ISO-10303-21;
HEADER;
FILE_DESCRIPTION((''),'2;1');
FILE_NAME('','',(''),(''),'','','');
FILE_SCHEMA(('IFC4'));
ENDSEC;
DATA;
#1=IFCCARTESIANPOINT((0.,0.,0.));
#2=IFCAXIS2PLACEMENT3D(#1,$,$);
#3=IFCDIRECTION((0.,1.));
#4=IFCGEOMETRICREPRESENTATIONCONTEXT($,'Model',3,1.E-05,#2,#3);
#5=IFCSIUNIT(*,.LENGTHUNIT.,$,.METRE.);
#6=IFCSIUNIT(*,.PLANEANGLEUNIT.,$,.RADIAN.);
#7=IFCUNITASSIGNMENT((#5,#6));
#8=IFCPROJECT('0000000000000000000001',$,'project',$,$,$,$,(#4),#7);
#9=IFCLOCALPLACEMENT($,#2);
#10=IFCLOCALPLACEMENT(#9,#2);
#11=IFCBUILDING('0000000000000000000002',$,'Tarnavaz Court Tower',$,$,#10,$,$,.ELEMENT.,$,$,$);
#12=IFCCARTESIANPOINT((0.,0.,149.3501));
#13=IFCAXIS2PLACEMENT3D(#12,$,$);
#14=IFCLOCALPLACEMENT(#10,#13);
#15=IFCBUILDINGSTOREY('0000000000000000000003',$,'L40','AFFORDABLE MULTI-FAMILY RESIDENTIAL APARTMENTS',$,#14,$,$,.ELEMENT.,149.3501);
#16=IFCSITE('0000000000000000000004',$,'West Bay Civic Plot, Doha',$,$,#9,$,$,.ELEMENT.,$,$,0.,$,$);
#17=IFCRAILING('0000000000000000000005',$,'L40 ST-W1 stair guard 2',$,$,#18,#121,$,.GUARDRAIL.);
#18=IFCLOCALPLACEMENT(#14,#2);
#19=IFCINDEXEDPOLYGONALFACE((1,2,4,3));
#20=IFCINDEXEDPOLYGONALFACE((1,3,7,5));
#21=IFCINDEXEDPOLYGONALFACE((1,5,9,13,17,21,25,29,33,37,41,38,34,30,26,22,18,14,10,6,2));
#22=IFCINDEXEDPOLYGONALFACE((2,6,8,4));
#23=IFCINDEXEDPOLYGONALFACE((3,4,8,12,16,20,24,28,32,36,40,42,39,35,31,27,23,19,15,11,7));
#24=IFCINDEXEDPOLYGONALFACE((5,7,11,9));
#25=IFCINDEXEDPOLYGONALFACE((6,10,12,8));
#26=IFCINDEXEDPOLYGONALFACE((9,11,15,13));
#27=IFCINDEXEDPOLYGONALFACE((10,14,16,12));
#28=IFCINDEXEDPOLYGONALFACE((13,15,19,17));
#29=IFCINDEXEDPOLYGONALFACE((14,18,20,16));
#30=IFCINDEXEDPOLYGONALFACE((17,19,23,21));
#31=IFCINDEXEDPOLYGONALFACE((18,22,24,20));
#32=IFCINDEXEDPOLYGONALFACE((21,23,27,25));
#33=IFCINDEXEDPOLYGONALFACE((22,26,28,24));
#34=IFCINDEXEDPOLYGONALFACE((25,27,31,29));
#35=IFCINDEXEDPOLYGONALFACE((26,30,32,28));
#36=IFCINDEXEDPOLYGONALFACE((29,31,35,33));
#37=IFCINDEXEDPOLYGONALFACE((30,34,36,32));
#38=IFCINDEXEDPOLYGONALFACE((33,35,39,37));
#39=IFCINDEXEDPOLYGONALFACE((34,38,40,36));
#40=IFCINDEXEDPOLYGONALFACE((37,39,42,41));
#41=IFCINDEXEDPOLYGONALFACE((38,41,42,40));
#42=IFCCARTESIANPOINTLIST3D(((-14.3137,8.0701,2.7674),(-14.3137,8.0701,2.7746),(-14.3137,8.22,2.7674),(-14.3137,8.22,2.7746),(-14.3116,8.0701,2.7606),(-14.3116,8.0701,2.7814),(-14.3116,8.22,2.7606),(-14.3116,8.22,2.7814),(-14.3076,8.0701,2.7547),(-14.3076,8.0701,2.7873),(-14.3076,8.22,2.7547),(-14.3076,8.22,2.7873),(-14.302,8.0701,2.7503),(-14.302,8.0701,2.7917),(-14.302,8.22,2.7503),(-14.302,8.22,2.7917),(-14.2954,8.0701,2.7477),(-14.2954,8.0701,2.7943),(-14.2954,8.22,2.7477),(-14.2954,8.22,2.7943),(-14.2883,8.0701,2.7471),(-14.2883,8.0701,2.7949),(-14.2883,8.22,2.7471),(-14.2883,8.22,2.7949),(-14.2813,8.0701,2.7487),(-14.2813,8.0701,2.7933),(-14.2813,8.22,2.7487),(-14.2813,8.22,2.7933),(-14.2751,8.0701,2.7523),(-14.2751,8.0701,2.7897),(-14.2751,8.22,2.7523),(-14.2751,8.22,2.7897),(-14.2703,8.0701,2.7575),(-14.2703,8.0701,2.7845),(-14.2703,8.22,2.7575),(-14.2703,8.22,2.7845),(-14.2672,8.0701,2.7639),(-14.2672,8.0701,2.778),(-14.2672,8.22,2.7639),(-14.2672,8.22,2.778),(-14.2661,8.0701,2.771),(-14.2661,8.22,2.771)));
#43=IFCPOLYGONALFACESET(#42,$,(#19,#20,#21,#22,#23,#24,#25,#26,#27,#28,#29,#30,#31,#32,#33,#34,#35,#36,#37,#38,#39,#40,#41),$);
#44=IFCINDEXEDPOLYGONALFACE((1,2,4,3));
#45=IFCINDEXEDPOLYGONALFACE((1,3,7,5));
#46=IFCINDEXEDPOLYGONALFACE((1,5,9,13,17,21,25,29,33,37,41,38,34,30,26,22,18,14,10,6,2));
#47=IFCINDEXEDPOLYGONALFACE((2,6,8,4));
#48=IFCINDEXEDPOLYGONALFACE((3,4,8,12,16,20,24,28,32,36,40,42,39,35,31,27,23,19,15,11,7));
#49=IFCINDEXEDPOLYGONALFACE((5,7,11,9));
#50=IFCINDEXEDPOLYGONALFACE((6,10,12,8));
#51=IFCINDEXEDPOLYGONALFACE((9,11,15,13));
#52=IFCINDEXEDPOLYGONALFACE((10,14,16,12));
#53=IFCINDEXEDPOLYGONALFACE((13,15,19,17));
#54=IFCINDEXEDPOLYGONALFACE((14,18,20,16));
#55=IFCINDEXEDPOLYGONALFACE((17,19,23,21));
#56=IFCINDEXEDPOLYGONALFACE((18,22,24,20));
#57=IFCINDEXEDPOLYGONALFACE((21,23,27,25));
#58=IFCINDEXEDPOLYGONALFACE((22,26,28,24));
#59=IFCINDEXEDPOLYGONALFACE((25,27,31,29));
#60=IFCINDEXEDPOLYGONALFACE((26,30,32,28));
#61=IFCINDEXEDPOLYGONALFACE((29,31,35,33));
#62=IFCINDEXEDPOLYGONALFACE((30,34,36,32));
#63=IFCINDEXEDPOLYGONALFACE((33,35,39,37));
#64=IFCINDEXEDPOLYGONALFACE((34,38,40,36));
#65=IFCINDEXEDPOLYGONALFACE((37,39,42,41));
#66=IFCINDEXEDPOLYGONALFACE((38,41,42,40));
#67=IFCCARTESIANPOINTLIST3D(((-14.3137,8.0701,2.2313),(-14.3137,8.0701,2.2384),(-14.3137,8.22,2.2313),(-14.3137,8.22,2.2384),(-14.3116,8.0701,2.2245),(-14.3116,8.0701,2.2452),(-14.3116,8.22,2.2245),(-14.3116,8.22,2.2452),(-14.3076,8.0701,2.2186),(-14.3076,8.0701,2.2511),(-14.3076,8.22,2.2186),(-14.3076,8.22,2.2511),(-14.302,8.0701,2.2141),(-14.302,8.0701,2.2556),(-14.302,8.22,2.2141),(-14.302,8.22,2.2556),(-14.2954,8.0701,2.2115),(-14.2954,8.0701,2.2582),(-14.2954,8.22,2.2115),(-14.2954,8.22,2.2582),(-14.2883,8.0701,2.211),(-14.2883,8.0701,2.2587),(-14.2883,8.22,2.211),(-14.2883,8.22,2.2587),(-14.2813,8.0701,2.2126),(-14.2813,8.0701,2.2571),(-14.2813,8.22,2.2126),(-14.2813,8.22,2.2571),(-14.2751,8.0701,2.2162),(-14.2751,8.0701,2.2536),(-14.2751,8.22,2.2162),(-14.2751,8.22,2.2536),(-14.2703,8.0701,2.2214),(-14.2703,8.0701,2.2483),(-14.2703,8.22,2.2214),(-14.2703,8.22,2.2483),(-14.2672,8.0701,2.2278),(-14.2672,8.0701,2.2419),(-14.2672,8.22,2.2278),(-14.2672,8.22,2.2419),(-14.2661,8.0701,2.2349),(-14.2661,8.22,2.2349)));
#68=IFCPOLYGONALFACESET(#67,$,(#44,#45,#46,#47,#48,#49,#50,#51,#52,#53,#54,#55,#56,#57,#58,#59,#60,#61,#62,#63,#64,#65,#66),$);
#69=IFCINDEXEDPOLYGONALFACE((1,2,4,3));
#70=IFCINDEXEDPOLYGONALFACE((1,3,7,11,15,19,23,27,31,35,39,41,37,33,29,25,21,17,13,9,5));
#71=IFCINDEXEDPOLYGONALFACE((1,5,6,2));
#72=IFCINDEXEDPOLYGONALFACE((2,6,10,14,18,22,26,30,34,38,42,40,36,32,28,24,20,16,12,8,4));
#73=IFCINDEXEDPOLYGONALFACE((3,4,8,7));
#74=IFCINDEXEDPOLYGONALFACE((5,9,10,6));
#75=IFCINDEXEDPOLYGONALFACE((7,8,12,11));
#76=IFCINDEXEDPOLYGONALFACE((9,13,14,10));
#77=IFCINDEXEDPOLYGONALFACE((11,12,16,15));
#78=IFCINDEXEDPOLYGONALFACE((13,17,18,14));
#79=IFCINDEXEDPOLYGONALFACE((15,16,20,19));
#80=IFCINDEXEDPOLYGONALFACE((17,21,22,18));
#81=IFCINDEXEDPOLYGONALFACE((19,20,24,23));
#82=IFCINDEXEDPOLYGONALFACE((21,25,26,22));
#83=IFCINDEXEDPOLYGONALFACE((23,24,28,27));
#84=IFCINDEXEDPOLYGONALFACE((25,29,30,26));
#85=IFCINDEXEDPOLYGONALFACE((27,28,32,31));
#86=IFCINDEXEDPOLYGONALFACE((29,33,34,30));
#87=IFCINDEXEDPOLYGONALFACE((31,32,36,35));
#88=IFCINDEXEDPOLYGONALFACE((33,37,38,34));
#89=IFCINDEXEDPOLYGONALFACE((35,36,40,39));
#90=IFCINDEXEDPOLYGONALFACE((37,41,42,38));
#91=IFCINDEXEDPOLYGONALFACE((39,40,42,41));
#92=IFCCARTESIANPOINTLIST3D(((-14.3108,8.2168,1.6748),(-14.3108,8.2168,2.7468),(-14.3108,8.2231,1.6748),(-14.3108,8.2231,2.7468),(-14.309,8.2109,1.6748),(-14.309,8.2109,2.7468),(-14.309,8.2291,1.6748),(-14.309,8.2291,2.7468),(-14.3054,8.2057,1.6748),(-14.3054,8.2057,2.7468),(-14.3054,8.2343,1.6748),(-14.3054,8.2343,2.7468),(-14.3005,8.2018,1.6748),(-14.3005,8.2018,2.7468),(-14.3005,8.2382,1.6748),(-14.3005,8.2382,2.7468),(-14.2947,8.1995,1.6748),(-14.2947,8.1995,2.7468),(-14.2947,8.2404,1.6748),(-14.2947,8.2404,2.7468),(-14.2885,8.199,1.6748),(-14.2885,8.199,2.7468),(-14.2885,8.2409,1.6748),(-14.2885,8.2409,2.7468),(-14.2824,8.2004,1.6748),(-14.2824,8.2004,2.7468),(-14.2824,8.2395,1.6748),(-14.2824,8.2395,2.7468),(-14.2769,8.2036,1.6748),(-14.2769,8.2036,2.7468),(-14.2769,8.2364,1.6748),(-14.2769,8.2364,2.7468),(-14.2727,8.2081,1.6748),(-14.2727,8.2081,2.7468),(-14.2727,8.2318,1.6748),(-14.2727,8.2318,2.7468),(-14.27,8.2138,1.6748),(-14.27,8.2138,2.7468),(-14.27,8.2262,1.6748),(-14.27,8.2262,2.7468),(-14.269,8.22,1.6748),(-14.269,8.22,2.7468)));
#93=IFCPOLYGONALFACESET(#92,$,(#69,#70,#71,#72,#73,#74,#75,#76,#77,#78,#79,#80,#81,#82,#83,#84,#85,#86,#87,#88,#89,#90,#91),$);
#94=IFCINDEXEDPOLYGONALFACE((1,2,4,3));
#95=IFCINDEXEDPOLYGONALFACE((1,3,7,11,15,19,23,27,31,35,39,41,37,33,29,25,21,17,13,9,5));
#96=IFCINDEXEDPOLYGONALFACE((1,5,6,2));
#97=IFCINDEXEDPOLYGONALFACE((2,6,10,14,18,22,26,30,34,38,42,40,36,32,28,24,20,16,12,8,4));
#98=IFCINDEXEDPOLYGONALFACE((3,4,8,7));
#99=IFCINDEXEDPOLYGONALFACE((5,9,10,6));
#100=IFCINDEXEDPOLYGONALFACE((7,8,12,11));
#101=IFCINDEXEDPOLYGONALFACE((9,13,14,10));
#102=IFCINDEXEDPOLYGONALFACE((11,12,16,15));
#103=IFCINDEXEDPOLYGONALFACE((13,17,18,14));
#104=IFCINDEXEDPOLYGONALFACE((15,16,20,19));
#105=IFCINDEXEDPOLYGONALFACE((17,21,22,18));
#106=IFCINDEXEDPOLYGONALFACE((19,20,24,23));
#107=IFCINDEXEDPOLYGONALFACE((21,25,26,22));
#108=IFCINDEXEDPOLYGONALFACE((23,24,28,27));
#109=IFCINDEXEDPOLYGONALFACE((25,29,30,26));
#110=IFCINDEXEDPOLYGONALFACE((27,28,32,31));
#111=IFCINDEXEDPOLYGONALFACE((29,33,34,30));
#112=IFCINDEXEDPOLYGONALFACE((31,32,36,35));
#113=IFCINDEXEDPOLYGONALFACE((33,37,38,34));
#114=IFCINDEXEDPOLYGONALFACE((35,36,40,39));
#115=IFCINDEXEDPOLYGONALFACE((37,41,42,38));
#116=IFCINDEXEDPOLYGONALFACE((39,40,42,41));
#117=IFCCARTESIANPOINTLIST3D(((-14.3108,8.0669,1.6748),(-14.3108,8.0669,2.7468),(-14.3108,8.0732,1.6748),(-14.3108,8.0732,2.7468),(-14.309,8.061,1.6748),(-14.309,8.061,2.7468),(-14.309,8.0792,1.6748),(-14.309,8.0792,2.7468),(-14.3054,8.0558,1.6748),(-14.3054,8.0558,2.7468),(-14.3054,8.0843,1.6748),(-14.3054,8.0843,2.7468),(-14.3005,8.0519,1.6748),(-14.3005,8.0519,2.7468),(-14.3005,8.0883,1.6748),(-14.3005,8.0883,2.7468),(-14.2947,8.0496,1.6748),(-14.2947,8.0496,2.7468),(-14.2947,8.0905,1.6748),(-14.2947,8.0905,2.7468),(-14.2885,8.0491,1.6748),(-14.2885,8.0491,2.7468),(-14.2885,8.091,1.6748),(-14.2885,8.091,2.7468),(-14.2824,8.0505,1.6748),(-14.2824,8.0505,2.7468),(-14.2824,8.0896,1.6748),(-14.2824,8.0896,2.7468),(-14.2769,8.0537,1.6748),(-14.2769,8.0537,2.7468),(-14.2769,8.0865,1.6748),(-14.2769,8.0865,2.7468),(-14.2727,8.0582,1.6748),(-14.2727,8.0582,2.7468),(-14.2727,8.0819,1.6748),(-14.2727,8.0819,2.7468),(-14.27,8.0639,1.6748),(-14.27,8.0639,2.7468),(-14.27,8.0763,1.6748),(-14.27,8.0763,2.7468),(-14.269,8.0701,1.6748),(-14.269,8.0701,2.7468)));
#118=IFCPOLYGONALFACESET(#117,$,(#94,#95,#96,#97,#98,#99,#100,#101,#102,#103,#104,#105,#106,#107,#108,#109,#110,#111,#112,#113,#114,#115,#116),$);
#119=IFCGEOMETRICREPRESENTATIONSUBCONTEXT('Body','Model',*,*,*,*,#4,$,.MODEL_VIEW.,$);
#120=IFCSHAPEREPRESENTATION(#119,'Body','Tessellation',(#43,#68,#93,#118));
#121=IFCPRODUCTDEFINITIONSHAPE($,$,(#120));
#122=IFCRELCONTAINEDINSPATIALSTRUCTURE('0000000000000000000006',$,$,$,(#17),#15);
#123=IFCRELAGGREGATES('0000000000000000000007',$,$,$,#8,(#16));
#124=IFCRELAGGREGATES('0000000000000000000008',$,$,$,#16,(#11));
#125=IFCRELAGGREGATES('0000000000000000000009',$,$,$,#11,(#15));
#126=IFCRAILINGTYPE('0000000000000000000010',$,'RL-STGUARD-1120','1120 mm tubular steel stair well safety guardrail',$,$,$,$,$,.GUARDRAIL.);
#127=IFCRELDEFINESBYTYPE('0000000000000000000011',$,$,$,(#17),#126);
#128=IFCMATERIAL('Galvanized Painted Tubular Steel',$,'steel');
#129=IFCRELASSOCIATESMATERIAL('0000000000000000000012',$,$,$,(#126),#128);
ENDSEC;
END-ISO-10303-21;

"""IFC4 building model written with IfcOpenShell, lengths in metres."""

from ifc_helpers import new_model, si_unit, direction, frame, origin, origin_2d, place, context, subcontext, project, spatial, circle, extrude, material, type_object, element, save


model = new_model("IFC4")

# Units and contexts
model_context = context("Model", 3, precision=1e-05, world=origin(), true_north=direction((0.0, 1.0)))
body_context = subcontext(model_context, "Body", "Model", "MODEL_VIEW")
ifc_project = project(units=[si_unit("LENGTHUNIT", "METRE"), si_unit("PLANEANGLEUNIT", "RADIAN")], contexts=[model_context])

# Site, building, storey
site_placement = place(None, origin())
site = spatial("IfcSite", under=ifc_project, at=site_placement, Name="West Bay Civic Plot, Doha", CompositionType="ELEMENT", RefElevation=0.0)
building_placement = place(site_placement, origin())
building = spatial("IfcBuilding", under=site, at=building_placement, Name="Tarnavaz Court Tower", CompositionType="ELEMENT")
storey_placement = place(building_placement, frame((0.0, 0.0, 149.3501)))
storey = spatial("IfcBuildingStorey", under=building, at=storey_placement, Name="L40", Description="AFFORDABLE MULTI-FAMILY RESIDENTIAL APARTMENTS", CompositionType="ELEMENT", Elevation=149.3501)

# Railing
ifc_material_1 = material(Name="Galvanized Painted Tubular Steel", Category="steel")
railing_type_1 = type_object("IfcRailingType", Name="RL-STGUARD-1120", Description="1120 mm tubular steel stair well safety guardrail", PredefinedType="GUARDRAIL", material=ifc_material_1)
railing_1_placement = place(storey_placement, frame((-14.29, 8.22, 1.6748)))
element("IfcRailing", 1, at=railing_1_placement, inside=storey, type_object=railing_type_1, Name="L40 ST-W1 stair guard 2", PredefinedType="GUARDRAIL", context=body_context, shape_type="SweptSolid", body=[
    extrude(circle(Radius=0.0239, at=origin_2d()), frame((0.0, 0.0, 1.0962), z_axis=(0.0, -1.0, 0.0), x_axis=(1.0, 0.0, 0.0)), (0.0, 0.0, 1.0), 0.1499),
    extrude(circle(Radius=0.0239, at=origin_2d()), frame((0.0, 0.0, 0.5601), z_axis=(0.0, -1.0, 0.0), x_axis=(1.0, 0.0, 0.0)), (0.0, 0.0, 1.0), 0.1499),
    extrude(circle(Radius=0.021, at=origin_2d()), origin(), (0.0, 0.0, 1.0), 1.072),
    extrude(circle(Radius=0.021, at=origin_2d()), frame((0.0, -0.1499, 0.0)), (0.0, 0.0, 1.0), 1.072),
])

save(model, "model.ifc")
